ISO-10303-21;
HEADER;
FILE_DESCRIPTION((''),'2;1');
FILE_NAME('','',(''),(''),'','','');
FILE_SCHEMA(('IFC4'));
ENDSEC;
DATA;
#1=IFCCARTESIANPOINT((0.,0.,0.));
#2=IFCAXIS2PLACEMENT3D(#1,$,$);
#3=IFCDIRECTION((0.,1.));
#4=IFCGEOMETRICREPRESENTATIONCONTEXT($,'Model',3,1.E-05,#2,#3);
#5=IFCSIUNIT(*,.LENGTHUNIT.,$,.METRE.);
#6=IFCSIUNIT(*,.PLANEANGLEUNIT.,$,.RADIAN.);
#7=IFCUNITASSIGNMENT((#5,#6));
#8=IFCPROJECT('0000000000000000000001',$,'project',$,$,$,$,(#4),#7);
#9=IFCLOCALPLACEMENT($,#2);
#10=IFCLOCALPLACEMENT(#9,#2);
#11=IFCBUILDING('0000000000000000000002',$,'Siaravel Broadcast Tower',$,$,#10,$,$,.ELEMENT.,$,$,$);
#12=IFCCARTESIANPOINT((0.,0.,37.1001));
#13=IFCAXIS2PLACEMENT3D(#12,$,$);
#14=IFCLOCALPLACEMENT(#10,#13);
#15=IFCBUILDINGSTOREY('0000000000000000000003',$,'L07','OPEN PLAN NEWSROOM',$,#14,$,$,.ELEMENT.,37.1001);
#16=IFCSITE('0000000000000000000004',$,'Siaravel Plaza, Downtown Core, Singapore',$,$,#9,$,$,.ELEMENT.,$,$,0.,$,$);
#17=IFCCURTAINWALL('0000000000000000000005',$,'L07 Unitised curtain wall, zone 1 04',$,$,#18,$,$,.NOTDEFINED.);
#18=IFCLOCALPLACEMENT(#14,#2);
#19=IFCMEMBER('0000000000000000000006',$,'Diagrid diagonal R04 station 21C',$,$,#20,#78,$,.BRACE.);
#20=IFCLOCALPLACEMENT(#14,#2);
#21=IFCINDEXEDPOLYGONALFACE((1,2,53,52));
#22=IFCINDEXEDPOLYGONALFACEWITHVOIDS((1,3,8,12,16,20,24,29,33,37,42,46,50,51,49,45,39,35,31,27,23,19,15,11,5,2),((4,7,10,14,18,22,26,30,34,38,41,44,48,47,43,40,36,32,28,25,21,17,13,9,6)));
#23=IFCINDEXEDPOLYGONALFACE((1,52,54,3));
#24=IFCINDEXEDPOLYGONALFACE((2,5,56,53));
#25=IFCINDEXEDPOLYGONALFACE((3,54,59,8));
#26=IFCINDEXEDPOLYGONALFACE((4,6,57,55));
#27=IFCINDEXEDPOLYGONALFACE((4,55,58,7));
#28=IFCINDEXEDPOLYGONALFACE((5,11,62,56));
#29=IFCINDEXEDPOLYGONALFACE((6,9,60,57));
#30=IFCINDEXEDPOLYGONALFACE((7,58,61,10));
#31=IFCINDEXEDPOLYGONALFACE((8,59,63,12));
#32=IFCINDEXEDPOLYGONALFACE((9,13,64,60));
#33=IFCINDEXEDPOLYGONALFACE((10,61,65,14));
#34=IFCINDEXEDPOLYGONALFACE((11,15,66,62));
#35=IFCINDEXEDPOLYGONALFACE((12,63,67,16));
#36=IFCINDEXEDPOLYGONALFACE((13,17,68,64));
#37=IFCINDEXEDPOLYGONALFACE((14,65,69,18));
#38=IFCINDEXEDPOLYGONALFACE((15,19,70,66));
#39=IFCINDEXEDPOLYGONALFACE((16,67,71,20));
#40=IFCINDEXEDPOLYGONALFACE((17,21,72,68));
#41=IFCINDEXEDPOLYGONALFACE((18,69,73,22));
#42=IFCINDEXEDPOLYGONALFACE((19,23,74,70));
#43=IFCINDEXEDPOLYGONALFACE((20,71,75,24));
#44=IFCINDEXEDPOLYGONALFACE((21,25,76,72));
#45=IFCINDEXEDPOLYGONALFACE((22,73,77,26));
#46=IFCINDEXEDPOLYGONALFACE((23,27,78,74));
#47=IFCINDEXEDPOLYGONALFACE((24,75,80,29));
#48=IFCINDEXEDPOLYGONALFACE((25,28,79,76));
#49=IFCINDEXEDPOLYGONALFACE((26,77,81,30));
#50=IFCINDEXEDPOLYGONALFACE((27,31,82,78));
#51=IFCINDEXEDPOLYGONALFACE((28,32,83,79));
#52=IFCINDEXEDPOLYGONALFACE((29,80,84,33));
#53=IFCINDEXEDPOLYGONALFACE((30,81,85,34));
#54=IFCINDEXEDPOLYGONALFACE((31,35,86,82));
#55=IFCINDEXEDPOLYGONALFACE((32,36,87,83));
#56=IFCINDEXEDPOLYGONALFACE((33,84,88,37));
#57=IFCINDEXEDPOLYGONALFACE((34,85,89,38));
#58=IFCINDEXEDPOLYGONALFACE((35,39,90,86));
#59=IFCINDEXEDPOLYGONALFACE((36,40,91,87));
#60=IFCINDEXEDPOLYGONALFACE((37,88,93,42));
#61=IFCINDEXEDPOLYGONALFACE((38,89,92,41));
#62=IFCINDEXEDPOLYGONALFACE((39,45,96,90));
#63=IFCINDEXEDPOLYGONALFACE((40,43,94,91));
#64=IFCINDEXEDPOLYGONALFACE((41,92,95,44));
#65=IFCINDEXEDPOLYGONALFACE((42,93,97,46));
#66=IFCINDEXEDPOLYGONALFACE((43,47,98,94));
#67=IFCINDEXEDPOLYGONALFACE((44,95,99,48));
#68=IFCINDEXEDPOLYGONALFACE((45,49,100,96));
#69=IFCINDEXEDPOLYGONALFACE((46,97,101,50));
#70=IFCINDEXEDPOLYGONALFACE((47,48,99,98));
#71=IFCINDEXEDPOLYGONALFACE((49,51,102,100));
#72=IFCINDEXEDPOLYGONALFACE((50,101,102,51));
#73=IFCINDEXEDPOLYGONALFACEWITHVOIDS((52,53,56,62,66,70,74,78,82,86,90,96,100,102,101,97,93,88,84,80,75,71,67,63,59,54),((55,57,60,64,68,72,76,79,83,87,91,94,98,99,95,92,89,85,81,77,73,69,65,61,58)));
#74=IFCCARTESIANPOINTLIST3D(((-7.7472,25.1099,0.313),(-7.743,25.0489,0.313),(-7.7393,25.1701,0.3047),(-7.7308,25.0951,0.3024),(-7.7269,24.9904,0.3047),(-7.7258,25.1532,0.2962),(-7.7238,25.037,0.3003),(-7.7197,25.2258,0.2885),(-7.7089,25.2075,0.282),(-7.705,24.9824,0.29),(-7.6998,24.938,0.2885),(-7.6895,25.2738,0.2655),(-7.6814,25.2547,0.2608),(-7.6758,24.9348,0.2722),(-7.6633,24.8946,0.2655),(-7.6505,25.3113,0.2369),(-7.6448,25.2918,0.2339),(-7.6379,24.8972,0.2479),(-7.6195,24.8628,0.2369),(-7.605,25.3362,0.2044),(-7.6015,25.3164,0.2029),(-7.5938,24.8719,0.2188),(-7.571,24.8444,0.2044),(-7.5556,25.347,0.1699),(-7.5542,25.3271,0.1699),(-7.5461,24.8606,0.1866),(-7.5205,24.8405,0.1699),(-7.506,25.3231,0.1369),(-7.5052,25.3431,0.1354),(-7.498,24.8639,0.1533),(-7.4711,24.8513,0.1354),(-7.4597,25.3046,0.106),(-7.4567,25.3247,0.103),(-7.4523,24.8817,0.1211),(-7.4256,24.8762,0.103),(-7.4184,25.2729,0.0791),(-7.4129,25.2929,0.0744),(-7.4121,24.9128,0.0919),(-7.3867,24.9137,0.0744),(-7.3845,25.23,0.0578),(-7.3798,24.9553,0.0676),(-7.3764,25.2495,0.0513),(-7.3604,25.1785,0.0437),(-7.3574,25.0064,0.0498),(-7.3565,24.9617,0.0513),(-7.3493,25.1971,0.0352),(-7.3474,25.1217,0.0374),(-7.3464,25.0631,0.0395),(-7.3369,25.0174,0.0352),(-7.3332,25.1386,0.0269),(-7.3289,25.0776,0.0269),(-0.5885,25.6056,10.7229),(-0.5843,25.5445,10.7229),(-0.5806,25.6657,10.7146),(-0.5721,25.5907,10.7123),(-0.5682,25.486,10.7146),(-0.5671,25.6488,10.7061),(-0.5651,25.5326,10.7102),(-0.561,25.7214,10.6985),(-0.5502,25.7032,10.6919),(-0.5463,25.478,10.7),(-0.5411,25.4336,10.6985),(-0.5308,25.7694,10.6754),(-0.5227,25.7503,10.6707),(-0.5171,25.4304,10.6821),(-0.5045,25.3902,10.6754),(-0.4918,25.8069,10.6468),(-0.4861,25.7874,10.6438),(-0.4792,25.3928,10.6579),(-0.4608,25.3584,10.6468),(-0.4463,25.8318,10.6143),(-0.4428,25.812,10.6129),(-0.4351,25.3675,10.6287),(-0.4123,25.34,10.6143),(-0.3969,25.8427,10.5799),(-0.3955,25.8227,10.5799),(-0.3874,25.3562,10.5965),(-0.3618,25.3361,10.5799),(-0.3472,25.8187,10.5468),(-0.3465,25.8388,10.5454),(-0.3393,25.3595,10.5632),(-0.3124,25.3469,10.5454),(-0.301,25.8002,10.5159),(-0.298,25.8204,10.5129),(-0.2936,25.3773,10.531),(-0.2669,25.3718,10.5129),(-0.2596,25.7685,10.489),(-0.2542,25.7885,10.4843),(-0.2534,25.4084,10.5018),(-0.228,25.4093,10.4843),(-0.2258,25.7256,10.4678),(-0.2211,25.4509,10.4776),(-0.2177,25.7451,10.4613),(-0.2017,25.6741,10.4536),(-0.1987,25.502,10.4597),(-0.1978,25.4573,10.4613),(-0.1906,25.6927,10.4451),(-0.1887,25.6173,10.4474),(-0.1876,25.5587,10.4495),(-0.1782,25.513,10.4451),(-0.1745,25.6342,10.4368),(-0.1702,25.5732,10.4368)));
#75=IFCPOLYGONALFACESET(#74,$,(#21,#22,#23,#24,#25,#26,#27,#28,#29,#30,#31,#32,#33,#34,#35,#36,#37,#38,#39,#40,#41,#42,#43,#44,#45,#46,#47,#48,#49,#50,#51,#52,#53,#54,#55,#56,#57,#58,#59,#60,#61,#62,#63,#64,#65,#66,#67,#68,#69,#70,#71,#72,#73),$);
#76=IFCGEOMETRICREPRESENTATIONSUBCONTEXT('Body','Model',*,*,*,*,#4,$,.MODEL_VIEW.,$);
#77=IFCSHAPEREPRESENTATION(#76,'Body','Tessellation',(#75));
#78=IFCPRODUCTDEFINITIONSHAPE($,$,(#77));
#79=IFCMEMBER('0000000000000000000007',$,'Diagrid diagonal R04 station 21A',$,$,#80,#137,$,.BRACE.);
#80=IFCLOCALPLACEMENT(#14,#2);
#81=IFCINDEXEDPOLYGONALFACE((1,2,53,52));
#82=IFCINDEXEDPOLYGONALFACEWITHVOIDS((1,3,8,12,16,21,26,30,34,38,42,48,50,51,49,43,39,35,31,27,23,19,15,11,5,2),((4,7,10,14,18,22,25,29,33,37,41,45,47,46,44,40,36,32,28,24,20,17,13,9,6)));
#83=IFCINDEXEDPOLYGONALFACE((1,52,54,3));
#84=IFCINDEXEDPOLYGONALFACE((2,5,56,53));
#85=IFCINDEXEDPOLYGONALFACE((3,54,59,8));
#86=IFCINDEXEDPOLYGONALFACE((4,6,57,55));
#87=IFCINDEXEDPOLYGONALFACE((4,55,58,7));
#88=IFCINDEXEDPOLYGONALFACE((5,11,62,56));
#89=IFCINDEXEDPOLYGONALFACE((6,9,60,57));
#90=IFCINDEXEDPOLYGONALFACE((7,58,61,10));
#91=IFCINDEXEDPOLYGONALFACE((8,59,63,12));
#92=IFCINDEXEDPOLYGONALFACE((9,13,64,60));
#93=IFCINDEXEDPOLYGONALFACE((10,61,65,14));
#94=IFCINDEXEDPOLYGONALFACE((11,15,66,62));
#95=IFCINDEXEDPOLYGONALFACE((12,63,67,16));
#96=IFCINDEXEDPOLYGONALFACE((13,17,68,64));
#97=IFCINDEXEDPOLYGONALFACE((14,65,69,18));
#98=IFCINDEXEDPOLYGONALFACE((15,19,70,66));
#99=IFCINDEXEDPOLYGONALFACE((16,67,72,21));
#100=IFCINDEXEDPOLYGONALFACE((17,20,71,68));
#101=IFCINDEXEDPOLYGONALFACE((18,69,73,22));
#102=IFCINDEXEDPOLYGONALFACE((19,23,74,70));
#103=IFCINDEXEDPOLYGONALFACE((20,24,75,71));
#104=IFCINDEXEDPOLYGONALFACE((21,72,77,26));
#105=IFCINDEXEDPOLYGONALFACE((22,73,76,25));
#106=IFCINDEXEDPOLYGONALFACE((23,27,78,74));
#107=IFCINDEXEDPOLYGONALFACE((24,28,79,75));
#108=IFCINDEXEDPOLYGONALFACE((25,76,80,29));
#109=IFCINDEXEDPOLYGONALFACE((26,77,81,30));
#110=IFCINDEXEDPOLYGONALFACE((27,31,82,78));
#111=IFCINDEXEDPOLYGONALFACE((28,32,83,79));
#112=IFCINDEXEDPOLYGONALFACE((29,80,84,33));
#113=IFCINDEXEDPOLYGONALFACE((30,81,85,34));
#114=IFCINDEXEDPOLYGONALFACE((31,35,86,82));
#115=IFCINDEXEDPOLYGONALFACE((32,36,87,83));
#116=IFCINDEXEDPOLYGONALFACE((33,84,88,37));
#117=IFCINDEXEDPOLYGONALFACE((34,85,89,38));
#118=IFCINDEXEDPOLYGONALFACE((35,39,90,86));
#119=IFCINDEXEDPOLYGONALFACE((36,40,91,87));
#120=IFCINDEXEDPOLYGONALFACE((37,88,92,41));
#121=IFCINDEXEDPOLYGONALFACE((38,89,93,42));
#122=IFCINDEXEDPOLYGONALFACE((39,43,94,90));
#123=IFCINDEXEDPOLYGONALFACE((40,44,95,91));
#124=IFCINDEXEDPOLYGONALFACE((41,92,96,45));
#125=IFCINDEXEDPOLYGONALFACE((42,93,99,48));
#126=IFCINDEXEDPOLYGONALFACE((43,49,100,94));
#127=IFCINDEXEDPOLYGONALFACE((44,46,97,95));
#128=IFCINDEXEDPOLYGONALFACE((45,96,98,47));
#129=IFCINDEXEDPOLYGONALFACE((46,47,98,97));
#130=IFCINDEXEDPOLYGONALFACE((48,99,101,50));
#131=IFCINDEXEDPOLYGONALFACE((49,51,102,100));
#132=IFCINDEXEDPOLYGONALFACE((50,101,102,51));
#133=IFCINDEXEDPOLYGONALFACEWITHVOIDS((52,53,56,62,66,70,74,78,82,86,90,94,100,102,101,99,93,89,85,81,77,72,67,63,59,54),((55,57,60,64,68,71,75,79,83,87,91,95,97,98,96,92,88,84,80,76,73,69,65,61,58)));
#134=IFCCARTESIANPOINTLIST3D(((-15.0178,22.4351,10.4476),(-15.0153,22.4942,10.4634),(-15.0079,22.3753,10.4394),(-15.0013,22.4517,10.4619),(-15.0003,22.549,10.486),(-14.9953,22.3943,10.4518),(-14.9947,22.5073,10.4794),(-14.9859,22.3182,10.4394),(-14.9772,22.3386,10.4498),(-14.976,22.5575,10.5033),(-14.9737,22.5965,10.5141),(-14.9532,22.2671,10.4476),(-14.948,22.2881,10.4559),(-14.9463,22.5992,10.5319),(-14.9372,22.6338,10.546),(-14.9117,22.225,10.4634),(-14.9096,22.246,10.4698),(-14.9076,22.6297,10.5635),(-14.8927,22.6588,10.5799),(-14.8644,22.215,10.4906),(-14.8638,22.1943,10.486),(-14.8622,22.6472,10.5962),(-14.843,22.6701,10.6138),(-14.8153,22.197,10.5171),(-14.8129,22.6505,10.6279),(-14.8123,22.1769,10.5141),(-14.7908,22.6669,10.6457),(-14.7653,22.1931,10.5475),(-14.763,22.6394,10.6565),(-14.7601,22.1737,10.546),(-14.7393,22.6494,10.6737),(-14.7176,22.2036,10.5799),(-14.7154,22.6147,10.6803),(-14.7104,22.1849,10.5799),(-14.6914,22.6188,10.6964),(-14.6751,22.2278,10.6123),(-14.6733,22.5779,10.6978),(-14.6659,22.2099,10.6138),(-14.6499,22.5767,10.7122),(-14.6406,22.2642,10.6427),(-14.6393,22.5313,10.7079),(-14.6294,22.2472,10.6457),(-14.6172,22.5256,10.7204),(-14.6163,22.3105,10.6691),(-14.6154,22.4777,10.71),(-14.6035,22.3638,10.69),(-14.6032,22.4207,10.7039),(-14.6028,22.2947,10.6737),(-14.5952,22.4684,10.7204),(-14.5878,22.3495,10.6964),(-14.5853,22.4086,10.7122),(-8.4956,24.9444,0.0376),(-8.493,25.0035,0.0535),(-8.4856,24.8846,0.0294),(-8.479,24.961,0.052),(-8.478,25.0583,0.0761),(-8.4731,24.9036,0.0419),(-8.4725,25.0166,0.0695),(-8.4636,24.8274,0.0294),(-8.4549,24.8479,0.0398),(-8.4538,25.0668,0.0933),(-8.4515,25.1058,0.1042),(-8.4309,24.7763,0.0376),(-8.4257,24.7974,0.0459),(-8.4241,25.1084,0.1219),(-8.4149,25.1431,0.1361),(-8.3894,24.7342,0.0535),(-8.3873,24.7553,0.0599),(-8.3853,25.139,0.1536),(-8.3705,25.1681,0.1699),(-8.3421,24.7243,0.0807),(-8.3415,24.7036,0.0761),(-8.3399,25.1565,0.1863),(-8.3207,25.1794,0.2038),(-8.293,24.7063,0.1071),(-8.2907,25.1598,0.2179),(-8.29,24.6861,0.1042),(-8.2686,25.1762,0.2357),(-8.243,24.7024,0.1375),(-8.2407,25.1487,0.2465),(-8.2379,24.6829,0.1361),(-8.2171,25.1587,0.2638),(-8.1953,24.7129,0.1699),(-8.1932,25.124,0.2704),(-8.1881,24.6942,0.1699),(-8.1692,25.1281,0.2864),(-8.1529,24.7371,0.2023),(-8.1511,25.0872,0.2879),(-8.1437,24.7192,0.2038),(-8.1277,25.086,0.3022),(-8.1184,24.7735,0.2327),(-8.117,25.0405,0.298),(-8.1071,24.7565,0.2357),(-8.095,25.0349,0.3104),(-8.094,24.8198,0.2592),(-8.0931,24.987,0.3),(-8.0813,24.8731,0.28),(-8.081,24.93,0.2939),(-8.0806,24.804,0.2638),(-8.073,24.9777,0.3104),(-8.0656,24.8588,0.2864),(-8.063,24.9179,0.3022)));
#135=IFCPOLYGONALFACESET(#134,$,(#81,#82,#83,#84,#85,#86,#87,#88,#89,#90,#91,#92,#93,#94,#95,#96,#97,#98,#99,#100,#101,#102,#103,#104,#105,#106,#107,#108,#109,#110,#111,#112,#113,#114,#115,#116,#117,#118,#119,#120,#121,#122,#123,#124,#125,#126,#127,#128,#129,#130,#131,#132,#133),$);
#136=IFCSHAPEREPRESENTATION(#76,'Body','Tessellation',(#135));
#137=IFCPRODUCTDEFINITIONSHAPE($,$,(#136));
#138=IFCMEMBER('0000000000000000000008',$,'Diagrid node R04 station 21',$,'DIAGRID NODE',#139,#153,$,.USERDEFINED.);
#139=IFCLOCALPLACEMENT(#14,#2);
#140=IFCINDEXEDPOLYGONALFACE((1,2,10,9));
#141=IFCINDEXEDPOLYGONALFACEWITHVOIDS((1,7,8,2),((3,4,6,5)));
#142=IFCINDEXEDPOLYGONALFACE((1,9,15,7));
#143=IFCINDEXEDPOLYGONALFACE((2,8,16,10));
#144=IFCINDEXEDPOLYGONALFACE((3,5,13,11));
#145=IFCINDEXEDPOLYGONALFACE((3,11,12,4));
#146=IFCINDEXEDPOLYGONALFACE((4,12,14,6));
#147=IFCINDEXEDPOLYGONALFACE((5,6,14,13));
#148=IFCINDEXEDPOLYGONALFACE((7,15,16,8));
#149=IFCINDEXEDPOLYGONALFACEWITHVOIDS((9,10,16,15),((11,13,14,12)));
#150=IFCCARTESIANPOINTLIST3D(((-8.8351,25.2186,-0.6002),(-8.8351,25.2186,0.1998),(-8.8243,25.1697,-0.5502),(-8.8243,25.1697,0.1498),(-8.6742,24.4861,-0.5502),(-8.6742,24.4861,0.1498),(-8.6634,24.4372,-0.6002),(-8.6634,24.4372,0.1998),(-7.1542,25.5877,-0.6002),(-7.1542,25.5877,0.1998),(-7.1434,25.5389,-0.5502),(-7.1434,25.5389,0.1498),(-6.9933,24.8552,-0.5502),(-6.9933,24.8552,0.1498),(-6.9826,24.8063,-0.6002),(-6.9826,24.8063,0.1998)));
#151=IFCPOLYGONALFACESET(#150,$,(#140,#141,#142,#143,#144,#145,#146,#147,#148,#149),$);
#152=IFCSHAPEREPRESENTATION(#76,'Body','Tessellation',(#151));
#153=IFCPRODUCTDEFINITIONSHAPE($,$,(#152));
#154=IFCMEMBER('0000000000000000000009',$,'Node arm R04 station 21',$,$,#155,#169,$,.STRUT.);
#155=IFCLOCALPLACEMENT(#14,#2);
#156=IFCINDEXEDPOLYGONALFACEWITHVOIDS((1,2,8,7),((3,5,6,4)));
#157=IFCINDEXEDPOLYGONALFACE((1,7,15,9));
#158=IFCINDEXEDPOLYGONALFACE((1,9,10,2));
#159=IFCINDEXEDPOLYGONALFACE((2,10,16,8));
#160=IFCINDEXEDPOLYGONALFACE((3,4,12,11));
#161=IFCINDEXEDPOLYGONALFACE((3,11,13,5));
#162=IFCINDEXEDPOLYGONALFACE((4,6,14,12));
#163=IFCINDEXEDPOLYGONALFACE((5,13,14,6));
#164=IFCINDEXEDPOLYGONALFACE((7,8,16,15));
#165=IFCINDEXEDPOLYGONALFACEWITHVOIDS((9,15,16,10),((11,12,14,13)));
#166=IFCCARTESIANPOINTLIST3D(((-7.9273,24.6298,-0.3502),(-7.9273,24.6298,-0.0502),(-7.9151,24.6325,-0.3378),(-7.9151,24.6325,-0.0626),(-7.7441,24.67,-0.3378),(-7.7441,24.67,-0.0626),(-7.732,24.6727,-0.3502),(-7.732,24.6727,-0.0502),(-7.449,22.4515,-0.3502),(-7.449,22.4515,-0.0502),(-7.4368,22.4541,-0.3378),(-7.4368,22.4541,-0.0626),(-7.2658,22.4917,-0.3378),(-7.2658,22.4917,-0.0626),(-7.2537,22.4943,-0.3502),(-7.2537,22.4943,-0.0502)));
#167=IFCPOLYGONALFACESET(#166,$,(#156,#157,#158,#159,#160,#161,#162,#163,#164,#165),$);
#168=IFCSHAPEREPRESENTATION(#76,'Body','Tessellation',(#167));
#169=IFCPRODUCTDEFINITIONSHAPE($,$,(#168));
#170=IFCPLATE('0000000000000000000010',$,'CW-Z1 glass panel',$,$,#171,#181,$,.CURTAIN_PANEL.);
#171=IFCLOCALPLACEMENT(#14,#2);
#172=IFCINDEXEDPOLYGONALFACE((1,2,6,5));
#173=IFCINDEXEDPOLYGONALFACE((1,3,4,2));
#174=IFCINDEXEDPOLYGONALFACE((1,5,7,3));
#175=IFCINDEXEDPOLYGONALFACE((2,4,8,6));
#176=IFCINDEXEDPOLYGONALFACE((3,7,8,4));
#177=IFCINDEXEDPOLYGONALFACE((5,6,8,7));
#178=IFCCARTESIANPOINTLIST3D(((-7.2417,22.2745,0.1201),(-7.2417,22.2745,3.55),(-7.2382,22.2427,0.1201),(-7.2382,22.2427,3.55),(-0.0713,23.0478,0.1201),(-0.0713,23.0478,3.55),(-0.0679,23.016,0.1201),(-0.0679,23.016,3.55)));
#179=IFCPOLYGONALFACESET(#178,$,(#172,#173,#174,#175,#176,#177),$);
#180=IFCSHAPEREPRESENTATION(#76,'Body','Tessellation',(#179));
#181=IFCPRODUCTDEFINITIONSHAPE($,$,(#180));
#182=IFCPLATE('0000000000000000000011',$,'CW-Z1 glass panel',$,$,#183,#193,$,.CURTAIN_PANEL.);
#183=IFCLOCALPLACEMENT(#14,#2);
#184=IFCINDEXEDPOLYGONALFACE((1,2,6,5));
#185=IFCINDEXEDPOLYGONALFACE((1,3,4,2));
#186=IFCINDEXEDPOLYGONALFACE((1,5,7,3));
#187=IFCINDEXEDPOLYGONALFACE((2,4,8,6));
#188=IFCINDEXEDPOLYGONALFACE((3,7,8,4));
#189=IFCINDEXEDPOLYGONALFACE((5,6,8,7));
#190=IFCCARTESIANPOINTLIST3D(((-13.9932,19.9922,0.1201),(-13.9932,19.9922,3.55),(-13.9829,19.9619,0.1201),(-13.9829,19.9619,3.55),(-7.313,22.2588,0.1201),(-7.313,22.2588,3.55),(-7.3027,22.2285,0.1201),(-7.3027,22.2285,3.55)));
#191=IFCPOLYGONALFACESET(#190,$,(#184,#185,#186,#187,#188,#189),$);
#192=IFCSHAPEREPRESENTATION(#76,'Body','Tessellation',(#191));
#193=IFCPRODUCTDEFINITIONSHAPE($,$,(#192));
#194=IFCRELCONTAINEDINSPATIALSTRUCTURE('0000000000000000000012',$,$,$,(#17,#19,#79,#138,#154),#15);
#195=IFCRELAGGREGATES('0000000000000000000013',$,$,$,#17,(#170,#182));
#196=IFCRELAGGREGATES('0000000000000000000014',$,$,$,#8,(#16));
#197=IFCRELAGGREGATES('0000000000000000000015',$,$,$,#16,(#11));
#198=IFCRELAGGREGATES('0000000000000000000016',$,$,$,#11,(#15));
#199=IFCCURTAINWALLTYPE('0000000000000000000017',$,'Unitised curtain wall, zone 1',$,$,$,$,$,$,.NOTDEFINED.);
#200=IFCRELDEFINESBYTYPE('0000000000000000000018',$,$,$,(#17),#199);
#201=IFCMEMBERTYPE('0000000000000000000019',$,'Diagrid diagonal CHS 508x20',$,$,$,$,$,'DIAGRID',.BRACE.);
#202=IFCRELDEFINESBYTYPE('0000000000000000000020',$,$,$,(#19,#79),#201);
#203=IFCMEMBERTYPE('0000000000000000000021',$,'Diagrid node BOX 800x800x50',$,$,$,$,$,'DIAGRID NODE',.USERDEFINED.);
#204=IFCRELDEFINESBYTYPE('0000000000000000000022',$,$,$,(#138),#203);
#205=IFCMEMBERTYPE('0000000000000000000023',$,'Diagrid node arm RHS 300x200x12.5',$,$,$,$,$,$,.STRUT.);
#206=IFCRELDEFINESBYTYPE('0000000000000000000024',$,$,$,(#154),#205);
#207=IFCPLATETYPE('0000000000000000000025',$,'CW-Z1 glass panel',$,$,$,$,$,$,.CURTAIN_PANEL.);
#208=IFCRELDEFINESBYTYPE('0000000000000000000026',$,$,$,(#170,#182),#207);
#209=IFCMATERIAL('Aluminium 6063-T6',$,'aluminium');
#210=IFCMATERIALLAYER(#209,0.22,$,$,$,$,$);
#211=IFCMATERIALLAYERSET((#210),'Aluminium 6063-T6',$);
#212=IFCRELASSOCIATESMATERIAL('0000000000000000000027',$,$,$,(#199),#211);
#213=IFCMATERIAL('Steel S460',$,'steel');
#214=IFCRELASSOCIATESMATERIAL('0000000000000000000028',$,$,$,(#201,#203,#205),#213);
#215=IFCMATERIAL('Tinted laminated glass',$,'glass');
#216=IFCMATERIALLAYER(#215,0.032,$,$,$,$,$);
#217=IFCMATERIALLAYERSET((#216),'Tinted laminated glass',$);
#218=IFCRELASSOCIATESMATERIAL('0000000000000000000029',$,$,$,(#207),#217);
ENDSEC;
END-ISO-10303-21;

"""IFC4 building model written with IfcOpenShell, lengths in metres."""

from ifc_helpers import new_model, si_unit, direction, frame, origin, origin_2d, place, context, subcontext, project, spatial, rectangle, hollow_rectangle, hollow_circle, extrude, material, layer, layer_set, material_profile, profile_set, type_object, element, aggregate, save


model = new_model("IFC4")

# Units and contexts
model_context = context("Model", 3, precision=1e-05, world=origin(), true_north=direction((0.0, 1.0)))
body_context = subcontext(model_context, "Body", "Model", "MODEL_VIEW")
ifc_project = project(units=[si_unit("LENGTHUNIT", "METRE"), si_unit("PLANEANGLEUNIT", "RADIAN")], contexts=[model_context])

# Site, building, storey
site_placement = place(None, origin())
site = spatial("IfcSite", under=ifc_project, at=site_placement, Name="Siaravel Plaza, Downtown Core, Singapore", CompositionType="ELEMENT", RefElevation=0.0)
building_placement = place(site_placement, origin())
building = spatial("IfcBuilding", under=site, at=building_placement, Name="Siaravel Broadcast Tower", CompositionType="ELEMENT")
storey_placement = place(building_placement, frame((0.0, 0.0, 37.1001)))
storey = spatial("IfcBuildingStorey", under=building, at=storey_placement, Name="L07", Description="OPEN PLAN NEWSROOM", CompositionType="ELEMENT", Elevation=37.1001)

# Curtain wall
ifc_material_1 = material(Name="Aluminium 6063-T6", Category="aluminium")
ifc_layer_1 = layer(ifc_material_1, 0.22)
ifc_layer_set_1 = layer_set([ifc_layer_1], Name="Aluminium 6063-T6")
curtain_wall_type = type_object("IfcCurtainWallType", Name="Unitised curtain wall, zone 1", PredefinedType="NOTDEFINED", material=ifc_layer_set_1)
curtain_wall_placement = place(storey_placement, origin())
curtain_wall = element("IfcCurtainWall", 1, at=curtain_wall_placement, inside=storey, type_object=curtain_wall_type, Name="L07 Unitised curtain wall, zone 1 04", PredefinedType="NOTDEFINED")

# Members
ifc_material_2 = material(Name="Steel S460", Category="steel")
ifc_material_profile_1 = material_profile(ifc_material_2, hollow_circle(Radius=0.2539, WallThickness=0.02, at=origin_2d()))
ifc_profile_set_1 = profile_set([ifc_material_profile_1], Name="Steel S460")
member_type_1 = type_object("IfcMemberType", Name="Diagrid diagonal CHS 508x20", ElementType="DIAGRID", PredefinedType="BRACE", material=ifc_profile_set_1)
member_1_placement = place(storey_placement, frame((-7.5381, 25.0938, 0.1699), z_axis=(0.566194, 0.039198, 0.823339), x_axis=(-0.069066, 0.997612, 0.0)))
element("IfcMember", 2, at=member_1_placement, inside=storey, type_object=member_type_1, Name="Diagrid diagonal R04 station 21C", PredefinedType="BRACE", context=body_context, shape_type="SweptSolid", body=[
    extrude(hollow_circle(Radius=0.2539, WallThickness=0.02, at=origin_2d()), origin(), (0.0, 0.0, 1.0), 12.6436),
])
member_2_placement = place(storey_placement, frame((-8.2793, 24.9312, 0.1699), z_axis=(-0.520195, -0.200133, 0.830267), x_axis=(0.35907, -0.93331, 0.0)))
element("IfcMember", 3, at=member_2_placement, inside=storey, type_object=member_type_1, Name="Diagrid diagonal R04 station 21A", PredefinedType="BRACE", context=body_context, shape_type="SweptSolid", body=[
    extrude(hollow_circle(Radius=0.2539, WallThickness=0.02, at=origin_2d()), origin(), (0.0, 0.0, 1.0), 12.5381),
])
ifc_material_profile_2 = material_profile(ifc_material_2, hollow_rectangle(XDim=0.8, YDim=0.8, WallThickness=0.05, at=origin_2d()))
ifc_profile_set_2 = profile_set([ifc_material_profile_2], Name="Steel S460")
member_type_2 = type_object("IfcMemberType", Name="Diagrid node BOX 800x800x50", ElementType="DIAGRID NODE", PredefinedType="USERDEFINED", material=ifc_profile_set_2)
member_3_placement = place(storey_placement, frame((-7.0684, 25.197, -0.2002), z_axis=(-0.976725, -0.214496, 0.0), x_axis=(0.214496, -0.976725, 0.0)))
element("IfcMember", 4, at=member_3_placement, inside=storey, type_object=member_type_2, Name="Diagrid node R04 station 21", ObjectType="DIAGRID NODE", PredefinedType="USERDEFINED", context=body_context, shape_type="SweptSolid", body=[
    extrude(hollow_rectangle(XDim=0.8, YDim=0.8, WallThickness=0.05, at=origin_2d()), origin(), (0.0, 0.0, 1.0), 1.7209),
])
ifc_material_profile_3 = material_profile(ifc_material_2, hollow_rectangle(XDim=0.2, YDim=0.3, WallThickness=0.0125, at=origin_2d()))
ifc_profile_set_3 = profile_set([ifc_material_profile_3], Name="Steel S460")
member_type_3 = type_object("IfcMemberType", Name="Diagrid node arm RHS 300x200x12.5", PredefinedType="STRUT", material=ifc_profile_set_3)
member_4_placement = place(storey_placement, frame((-7.3513, 22.4729, -0.2002), z_axis=(-0.214461, 0.976733, 0.0), x_axis=(-0.976733, -0.214461, 0.0)))
element("IfcMember", 5, at=member_4_placement, inside=storey, type_object=member_type_3, Name="Node arm R04 station 21", PredefinedType="STRUT", context=body_context, shape_type="SweptSolid", body=[
    extrude(hollow_rectangle(XDim=0.2, YDim=0.3, WallThickness=0.0125, at=origin_2d()), origin(), (0.0, 0.0, 1.0), 2.2302),
])

# Plates
ifc_material_3 = material(Name="Tinted laminated glass", Category="glass")
ifc_layer_2 = layer(ifc_material_3, 0.032)
ifc_layer_set_2 = layer_set([ifc_layer_2], Name="Tinted laminated glass")
plate_type = type_object("IfcPlateType", Name="CW-Z1 glass panel", PredefinedType="CURTAIN_PANEL", material=ifc_layer_set_2)
plate_1_placement = place(storey_placement, frame((-3.6548, 22.6453, 0.1201), z_axis=(0.0, 0.0, 1.0), x_axis=(-0.994236, -0.107218, 0.0)))
plate_1 = element("IfcPlate", 6, at=plate_1_placement, type_object=plate_type, Name="CW-Z1 glass panel", PredefinedType="CURTAIN_PANEL", context=body_context, shape_type="SweptSolid", body=[
    extrude(rectangle(XDim=7.2119, YDim=0.032, at=origin_2d()), origin(), (0.0, 0.0, 1.0), 3.4299),
])
plate_2_placement = place(storey_placement, frame((-10.6479, 21.1104, 0.1201), z_axis=(0.0, 0.0, 1.0), x_axis=(-0.946977, -0.321301, 0.0)))
plate_2 = element("IfcPlate", 7, at=plate_2_placement, type_object=plate_type, Name="CW-Z1 glass panel", PredefinedType="CURTAIN_PANEL", context=body_context, shape_type="SweptSolid", body=[
    extrude(rectangle(XDim=7.0542, YDim=0.032, at=origin_2d()), origin(), (0.0, 0.0, 1.0), 3.4299),
])
aggregate(curtain_wall, [plate_1, plate_2])

save(model, "model.ifc")
